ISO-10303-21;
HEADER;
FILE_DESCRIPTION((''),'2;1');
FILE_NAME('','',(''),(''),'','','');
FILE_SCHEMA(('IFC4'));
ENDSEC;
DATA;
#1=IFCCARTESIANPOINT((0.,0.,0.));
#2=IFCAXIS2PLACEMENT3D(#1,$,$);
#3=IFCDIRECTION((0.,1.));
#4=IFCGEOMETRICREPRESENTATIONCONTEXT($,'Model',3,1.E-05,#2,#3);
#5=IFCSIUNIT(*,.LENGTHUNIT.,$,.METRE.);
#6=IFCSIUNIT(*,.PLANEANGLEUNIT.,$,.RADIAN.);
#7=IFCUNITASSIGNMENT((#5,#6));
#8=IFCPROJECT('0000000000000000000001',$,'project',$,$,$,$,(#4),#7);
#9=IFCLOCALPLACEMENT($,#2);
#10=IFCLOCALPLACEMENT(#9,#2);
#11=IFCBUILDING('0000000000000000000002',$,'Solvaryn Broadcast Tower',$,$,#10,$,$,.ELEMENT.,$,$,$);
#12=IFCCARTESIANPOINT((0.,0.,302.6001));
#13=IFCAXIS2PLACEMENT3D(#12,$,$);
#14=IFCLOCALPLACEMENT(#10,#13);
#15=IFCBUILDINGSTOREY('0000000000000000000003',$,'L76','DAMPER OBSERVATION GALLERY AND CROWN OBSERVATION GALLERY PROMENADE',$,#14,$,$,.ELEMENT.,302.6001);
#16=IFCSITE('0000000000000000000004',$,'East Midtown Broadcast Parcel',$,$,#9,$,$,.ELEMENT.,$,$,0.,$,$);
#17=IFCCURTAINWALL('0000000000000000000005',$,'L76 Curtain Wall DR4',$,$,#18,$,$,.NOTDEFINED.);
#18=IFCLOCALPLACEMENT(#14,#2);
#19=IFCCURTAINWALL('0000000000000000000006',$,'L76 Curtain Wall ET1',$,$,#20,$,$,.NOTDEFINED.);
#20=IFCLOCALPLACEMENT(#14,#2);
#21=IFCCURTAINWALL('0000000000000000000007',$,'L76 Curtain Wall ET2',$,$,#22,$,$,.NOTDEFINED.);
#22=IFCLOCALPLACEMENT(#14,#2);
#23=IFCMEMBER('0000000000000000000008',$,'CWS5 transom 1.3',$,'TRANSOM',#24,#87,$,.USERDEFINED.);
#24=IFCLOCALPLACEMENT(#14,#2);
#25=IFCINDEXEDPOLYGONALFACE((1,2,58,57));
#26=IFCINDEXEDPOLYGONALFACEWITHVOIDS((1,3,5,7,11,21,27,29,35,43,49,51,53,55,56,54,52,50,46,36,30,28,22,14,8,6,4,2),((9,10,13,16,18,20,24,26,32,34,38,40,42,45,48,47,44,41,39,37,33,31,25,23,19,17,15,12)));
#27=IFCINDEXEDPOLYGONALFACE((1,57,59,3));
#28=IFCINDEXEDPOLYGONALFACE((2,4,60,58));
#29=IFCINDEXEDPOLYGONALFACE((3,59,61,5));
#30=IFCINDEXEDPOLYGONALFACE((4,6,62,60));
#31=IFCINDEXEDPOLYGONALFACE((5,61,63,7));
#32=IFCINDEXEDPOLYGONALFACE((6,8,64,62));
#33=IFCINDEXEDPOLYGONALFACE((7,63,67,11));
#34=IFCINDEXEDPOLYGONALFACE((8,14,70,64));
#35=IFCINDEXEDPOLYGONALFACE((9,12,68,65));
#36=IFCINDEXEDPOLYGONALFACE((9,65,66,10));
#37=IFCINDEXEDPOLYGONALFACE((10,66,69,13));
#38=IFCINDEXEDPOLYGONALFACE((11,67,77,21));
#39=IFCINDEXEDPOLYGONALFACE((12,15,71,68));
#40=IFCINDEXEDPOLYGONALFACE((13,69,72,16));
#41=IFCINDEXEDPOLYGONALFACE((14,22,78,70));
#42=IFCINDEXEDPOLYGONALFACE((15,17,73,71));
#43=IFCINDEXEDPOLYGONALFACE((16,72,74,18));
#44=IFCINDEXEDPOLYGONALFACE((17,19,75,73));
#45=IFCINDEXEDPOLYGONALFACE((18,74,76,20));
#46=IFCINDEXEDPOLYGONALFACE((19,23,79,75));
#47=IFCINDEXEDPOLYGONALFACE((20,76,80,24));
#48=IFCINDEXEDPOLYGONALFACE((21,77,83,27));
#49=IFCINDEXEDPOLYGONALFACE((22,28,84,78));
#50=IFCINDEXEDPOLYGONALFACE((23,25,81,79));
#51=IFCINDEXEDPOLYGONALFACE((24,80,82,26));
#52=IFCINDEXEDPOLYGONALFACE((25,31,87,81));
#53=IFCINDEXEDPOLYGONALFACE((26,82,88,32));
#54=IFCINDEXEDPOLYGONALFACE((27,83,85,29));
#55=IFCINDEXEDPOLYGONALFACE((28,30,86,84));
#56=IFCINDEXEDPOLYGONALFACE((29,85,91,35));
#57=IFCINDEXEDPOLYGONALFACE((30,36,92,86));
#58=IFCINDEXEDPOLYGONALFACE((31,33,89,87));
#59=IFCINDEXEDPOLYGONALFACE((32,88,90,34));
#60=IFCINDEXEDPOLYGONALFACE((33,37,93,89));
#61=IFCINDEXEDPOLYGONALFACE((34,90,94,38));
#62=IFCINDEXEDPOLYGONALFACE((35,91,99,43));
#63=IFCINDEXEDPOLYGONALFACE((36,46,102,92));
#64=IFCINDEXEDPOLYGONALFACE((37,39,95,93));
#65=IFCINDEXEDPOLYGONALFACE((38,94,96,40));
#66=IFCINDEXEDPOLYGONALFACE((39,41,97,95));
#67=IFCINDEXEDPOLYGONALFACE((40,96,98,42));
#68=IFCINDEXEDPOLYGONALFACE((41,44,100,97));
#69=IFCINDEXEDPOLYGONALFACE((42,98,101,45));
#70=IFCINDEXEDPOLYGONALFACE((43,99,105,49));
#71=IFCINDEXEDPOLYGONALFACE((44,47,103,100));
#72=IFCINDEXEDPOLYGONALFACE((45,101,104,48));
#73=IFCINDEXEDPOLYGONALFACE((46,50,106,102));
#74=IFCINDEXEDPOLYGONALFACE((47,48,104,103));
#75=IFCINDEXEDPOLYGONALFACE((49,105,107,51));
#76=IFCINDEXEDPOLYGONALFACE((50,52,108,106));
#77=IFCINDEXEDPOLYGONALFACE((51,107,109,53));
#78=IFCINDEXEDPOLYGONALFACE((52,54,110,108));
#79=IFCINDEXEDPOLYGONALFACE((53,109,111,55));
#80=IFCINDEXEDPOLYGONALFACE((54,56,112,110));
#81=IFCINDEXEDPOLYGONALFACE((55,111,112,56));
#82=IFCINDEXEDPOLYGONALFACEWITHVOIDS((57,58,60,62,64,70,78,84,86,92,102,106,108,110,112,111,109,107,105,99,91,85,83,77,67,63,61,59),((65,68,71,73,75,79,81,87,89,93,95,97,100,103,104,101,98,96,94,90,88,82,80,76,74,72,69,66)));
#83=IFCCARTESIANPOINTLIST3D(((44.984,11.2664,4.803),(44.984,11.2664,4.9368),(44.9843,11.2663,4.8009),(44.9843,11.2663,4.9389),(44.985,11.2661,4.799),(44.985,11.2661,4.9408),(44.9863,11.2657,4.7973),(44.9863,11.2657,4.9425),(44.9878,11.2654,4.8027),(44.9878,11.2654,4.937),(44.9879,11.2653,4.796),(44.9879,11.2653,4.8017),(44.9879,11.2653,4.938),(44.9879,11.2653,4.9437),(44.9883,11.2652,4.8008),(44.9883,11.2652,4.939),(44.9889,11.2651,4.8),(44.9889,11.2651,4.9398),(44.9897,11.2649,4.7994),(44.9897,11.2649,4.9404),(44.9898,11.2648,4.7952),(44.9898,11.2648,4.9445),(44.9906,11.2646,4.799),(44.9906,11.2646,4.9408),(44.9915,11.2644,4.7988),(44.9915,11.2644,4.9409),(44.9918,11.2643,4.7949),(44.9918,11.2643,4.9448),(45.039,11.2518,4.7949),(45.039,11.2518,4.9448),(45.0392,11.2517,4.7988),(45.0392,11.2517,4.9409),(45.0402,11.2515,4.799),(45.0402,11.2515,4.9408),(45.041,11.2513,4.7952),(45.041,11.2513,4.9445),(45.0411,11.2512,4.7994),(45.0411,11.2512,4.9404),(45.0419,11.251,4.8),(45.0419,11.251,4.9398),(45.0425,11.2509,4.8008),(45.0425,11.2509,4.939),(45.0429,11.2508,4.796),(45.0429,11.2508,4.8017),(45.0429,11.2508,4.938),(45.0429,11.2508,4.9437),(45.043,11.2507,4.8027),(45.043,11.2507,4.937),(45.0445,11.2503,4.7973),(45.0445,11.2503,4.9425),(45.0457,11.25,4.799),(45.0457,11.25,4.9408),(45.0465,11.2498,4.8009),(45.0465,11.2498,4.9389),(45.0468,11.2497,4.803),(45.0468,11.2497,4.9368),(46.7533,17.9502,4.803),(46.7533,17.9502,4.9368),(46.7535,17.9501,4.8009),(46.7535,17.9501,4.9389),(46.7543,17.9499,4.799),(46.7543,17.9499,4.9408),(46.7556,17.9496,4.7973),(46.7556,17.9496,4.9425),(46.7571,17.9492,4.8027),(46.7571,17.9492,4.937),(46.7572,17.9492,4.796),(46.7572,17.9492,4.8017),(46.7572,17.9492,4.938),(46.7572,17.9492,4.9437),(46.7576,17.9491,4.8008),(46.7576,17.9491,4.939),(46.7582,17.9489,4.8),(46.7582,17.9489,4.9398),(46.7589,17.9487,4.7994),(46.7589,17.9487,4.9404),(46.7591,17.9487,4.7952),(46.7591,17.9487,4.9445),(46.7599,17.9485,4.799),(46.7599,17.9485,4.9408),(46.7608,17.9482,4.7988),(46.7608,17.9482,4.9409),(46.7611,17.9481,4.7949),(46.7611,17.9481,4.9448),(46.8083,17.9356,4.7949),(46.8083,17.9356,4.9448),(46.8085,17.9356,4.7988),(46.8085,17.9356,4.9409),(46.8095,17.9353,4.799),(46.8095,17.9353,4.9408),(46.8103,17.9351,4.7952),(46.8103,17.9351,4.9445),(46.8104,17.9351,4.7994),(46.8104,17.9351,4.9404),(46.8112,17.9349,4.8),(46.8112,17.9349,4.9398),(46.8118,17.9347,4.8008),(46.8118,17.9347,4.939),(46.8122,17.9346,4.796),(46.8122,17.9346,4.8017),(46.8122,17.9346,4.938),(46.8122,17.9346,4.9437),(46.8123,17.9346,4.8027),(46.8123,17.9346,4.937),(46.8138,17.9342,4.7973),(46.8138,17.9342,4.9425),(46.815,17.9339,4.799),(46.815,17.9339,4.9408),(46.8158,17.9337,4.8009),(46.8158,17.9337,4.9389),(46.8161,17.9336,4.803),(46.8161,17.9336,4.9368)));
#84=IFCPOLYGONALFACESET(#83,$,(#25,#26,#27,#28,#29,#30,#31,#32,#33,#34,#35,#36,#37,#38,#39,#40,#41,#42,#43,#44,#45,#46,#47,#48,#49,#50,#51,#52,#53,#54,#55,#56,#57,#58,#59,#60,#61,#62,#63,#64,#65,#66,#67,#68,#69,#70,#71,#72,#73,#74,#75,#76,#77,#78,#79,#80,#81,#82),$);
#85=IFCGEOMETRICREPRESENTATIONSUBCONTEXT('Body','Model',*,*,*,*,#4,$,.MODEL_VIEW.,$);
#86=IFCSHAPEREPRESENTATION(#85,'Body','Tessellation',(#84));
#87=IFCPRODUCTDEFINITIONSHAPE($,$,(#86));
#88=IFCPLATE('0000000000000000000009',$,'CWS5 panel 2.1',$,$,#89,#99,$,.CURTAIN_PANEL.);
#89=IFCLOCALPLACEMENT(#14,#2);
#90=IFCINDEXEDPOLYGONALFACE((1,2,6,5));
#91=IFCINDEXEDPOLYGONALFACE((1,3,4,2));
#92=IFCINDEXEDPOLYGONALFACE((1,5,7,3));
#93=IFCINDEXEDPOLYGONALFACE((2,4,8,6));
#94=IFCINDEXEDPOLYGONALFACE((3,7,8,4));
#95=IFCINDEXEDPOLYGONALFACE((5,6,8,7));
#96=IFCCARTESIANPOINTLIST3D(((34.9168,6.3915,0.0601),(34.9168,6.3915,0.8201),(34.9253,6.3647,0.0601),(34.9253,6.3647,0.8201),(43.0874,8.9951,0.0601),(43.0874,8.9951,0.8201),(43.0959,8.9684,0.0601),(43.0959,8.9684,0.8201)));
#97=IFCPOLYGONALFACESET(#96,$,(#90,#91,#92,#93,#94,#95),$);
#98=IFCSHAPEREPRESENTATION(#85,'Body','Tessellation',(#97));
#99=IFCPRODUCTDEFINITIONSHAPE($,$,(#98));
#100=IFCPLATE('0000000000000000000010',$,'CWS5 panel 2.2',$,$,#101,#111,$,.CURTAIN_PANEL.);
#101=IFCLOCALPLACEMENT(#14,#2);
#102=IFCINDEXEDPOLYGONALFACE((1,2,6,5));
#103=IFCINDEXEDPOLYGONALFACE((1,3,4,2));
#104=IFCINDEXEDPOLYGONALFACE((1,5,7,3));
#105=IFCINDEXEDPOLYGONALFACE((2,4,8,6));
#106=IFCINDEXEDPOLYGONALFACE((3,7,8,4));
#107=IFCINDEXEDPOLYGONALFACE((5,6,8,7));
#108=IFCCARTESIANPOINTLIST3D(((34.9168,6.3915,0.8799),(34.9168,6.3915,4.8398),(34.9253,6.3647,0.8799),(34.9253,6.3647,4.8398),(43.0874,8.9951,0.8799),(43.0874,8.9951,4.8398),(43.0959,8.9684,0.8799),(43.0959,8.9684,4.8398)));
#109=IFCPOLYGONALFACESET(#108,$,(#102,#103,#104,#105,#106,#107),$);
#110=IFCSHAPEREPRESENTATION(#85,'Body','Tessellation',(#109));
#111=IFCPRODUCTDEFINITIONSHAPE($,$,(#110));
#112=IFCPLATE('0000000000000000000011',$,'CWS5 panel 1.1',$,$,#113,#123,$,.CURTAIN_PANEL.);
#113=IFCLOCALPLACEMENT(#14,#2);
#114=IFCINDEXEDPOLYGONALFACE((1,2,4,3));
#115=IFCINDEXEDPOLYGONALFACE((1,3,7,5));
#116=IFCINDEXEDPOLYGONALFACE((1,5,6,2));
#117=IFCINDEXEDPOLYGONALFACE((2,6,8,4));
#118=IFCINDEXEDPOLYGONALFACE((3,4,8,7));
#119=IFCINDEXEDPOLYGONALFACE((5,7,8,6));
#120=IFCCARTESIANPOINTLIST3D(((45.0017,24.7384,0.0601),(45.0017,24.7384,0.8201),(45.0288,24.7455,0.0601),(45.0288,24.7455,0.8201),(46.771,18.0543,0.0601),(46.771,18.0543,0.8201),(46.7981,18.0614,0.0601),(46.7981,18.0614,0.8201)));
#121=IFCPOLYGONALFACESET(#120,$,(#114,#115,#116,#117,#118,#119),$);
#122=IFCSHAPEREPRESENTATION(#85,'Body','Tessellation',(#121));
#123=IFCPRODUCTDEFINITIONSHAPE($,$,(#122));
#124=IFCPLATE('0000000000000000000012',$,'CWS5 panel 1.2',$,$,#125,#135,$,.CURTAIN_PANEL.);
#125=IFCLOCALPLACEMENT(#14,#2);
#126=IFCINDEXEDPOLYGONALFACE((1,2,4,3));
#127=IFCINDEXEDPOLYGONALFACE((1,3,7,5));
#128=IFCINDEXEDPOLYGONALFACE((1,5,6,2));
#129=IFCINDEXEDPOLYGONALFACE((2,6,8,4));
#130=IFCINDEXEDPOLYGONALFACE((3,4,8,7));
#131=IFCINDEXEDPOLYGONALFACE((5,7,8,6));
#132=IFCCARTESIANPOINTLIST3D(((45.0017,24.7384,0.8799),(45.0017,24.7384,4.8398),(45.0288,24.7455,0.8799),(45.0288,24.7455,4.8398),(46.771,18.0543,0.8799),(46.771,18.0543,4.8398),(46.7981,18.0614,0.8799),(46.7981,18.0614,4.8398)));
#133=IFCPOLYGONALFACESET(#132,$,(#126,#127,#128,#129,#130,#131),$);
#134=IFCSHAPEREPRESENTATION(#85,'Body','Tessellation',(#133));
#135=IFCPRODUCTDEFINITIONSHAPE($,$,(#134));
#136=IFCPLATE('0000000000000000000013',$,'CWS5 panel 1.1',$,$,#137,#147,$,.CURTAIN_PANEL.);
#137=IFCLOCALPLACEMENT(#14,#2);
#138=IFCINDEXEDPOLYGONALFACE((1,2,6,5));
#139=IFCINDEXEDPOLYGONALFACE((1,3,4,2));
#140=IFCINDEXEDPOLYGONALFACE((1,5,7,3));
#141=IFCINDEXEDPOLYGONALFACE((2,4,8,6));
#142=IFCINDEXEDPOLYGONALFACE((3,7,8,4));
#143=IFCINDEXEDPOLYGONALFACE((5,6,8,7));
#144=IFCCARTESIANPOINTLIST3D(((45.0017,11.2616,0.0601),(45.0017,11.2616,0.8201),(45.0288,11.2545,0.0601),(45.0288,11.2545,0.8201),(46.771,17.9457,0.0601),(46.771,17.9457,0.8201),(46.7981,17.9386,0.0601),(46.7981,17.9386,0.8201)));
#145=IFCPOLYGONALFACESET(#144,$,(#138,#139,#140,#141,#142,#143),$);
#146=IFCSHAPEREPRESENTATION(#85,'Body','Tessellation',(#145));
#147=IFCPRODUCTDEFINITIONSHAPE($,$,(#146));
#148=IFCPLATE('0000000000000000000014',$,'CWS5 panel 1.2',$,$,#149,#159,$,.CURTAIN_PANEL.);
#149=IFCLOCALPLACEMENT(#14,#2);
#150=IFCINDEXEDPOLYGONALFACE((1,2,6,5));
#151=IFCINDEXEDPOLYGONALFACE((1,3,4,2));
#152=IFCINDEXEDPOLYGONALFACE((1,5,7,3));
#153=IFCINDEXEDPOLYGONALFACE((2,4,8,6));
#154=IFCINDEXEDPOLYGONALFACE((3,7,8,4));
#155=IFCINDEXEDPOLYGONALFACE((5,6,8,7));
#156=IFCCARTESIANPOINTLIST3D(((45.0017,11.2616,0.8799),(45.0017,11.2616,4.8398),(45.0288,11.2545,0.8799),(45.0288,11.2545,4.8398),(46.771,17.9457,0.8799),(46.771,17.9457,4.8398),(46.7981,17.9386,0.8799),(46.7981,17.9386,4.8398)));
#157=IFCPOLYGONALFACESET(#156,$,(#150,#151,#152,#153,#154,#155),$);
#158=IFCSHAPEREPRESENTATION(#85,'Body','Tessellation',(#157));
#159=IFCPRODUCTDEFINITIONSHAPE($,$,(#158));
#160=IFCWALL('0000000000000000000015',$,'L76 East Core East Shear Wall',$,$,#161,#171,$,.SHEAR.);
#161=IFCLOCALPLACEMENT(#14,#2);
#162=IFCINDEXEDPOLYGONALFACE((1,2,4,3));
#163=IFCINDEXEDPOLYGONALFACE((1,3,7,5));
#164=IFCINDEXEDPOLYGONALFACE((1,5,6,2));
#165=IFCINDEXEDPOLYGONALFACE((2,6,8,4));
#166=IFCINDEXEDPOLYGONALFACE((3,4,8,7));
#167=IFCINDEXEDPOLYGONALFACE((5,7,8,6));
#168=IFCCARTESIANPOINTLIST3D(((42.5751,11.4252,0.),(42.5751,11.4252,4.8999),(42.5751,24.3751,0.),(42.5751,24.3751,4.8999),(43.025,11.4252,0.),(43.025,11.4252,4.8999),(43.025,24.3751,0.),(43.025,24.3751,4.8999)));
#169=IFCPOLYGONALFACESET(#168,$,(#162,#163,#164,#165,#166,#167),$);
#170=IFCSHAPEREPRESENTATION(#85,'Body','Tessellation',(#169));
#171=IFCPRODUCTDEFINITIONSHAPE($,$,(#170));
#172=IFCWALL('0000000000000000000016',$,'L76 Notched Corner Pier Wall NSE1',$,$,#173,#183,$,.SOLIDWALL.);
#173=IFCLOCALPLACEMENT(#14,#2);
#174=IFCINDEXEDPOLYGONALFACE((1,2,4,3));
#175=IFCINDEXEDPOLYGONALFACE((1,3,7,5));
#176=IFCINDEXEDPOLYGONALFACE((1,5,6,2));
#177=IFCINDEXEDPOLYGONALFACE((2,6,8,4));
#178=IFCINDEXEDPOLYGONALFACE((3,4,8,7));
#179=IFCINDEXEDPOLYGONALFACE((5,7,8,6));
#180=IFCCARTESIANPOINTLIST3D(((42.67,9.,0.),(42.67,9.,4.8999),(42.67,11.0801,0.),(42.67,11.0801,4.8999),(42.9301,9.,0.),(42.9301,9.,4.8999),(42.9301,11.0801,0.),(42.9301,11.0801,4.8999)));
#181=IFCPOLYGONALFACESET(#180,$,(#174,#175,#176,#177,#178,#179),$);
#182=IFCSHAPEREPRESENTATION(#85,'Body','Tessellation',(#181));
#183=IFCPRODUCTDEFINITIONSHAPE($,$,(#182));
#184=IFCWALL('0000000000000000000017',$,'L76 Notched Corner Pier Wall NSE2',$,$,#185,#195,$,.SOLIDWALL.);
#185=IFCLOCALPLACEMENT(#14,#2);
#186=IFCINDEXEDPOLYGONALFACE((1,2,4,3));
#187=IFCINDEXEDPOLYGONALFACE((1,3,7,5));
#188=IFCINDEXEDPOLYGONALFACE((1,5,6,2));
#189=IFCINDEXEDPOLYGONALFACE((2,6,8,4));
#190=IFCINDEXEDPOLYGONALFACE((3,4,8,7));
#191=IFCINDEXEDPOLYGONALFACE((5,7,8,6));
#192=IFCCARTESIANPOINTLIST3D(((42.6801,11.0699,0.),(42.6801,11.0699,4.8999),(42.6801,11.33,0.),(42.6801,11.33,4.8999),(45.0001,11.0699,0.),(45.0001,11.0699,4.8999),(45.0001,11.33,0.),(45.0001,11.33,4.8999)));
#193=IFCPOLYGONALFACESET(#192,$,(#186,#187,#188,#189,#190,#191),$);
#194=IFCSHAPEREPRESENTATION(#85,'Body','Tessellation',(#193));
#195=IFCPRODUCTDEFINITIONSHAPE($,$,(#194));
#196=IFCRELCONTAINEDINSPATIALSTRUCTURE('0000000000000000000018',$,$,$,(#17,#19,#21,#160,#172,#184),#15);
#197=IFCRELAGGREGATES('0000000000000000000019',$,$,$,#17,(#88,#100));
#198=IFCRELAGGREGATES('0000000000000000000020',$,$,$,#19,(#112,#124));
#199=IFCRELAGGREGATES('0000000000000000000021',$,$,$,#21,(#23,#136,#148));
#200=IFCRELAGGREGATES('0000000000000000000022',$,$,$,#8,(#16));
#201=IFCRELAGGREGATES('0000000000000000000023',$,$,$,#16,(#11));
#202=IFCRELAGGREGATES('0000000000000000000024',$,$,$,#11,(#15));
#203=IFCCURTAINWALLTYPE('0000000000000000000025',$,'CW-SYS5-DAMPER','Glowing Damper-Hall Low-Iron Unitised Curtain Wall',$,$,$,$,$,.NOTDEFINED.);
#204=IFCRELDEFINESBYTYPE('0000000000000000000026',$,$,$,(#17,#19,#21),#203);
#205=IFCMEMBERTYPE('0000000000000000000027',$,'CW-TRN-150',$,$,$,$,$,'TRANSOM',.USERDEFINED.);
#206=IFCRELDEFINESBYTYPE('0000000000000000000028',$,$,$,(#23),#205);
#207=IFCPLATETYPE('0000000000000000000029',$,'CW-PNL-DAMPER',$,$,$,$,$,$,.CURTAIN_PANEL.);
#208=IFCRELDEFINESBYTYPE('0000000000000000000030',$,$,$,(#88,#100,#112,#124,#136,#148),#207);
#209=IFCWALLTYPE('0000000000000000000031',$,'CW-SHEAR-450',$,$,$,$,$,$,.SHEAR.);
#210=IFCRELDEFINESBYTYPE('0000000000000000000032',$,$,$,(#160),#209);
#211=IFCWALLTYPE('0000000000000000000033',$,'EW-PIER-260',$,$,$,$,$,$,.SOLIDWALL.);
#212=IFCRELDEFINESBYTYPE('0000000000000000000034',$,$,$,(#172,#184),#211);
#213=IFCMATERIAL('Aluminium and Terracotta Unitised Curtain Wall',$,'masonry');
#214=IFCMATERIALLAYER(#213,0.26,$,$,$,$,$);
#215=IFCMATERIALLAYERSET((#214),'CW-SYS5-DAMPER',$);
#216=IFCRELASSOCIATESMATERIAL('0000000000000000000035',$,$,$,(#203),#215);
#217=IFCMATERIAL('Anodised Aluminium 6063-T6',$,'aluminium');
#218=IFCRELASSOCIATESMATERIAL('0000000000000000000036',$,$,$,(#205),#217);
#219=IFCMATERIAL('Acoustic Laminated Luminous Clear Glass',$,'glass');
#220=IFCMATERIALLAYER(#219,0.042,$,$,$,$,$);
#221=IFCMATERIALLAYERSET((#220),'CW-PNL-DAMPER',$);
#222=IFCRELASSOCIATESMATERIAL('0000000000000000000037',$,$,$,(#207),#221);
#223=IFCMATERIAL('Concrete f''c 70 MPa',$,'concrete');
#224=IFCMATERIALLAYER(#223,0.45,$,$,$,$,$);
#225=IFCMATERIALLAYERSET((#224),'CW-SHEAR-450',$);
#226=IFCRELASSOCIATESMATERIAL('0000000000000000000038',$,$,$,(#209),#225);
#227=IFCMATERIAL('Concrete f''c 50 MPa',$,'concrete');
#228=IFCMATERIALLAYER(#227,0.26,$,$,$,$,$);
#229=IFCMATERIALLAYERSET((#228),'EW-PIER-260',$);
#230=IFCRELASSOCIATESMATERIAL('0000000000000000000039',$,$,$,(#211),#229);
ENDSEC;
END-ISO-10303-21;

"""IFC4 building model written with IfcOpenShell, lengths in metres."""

from ifc_helpers import new_model, si_unit, direction, frame, frame_2d, origin, origin_2d, place, context, subcontext, project, spatial, rectangle, hollow_rectangle, extrude, material, layer, layer_set, material_profile, profile_set, type_object, element, aggregate, save


model = new_model("IFC4")

# Units and contexts
model_context = context("Model", 3, precision=1e-05, world=origin(), true_north=direction((0.0, 1.0)))
body_context = subcontext(model_context, "Body", "Model", "MODEL_VIEW")
ifc_project = project(units=[si_unit("LENGTHUNIT", "METRE"), si_unit("PLANEANGLEUNIT", "RADIAN")], contexts=[model_context])

# Site, building, storey
site_placement = place(None, origin())
site = spatial("IfcSite", under=ifc_project, at=site_placement, Name="East Midtown Broadcast Parcel", CompositionType="ELEMENT", RefElevation=0.0)
building_placement = place(site_placement, origin())
building = spatial("IfcBuilding", under=site, at=building_placement, Name="Solvaryn Broadcast Tower", CompositionType="ELEMENT")
storey_placement = place(building_placement, frame((0.0, 0.0, 302.6001)))
storey = spatial("IfcBuildingStorey", under=building, at=storey_placement, Name="L76", Description="DAMPER OBSERVATION GALLERY AND CROWN OBSERVATION GALLERY PROMENADE", CompositionType="ELEMENT", Elevation=302.6001)

# Curtain walls
ifc_material_1 = material(Name="Aluminium and Terracotta Unitised Curtain Wall", Category="masonry")
ifc_layer_1 = layer(ifc_material_1, 0.26)
ifc_layer_set_1 = layer_set([ifc_layer_1], Name="CW-SYS5-DAMPER")
curtain_wall_type = type_object("IfcCurtainWallType", Name="CW-SYS5-DAMPER", Description="Glowing Damper-Hall Low-Iron Unitised Curtain Wall", PredefinedType="NOTDEFINED", material=ifc_layer_set_1)
curtain_wall_1_placement = place(storey_placement, origin())
curtain_wall_1 = element("IfcCurtainWall", 1, at=curtain_wall_1_placement, inside=storey, type_object=curtain_wall_type, Name="L76 Curtain Wall DR4", PredefinedType="NOTDEFINED")
curtain_wall_2_placement = place(storey_placement, origin())
curtain_wall_2 = element("IfcCurtainWall", 2, at=curtain_wall_2_placement, inside=storey, type_object=curtain_wall_type, Name="L76 Curtain Wall ET1", PredefinedType="NOTDEFINED")

# Curtain wall, member
curtain_wall_3_placement = place(storey_placement, origin())
curtain_wall_3 = element("IfcCurtainWall", 3, at=curtain_wall_3_placement, inside=storey, type_object=curtain_wall_type, Name="L76 Curtain Wall ET2", PredefinedType="NOTDEFINED")
ifc_material_2 = material(Name="Anodised Aluminium 6063-T6", Category="aluminium")
ifc_material_profile_1 = material_profile(ifc_material_2, hollow_rectangle(XDim=0.0649, YDim=0.1499, WallThickness=0.0039, InnerFilletRadius=0.0039, OuterFilletRadius=0.0081, at=origin_2d()))
ifc_profile_set_1 = profile_set([ifc_material_profile_1], Name="Anodised Aluminium 6063-T6")
member_type_1 = type_object("IfcMemberType", Name="CW-TRN-150", ElementType="TRANSOM", PredefinedType="USERDEFINED", material=ifc_profile_set_1)
member_1_placement = place(storey_placement, frame((46.7847, 17.9419, 4.8699), z_axis=(-0.255897, -0.966704, 0.0), x_axis=(0.966704, -0.255897, 0.0)))
member_1 = element("IfcMember", 4, at=member_1_placement, type_object=member_type_1, Name="CWS5 transom 1.3", ObjectType="TRANSOM", PredefinedType="USERDEFINED", context=body_context, shape_type="SweptSolid", body=[
    extrude(hollow_rectangle(XDim=0.0649, YDim=0.1499, WallThickness=0.0039, InnerFilletRadius=0.0039, OuterFilletRadius=0.0081, at=origin_2d()), origin(), (0.0, 0.0, 1.0), 6.9141),
])

# Plates
ifc_material_3 = material(Name="Acoustic Laminated Luminous Clear Glass", Category="glass")
ifc_layer_2 = layer(ifc_material_3, 0.042)
ifc_layer_set_2 = layer_set([ifc_layer_2], Name="CW-PNL-DAMPER")
plate_type = type_object("IfcPlateType", Name="CW-PNL-DAMPER", PredefinedType="CURTAIN_PANEL", material=ifc_layer_set_2)
plate_1_placement = place(storey_placement, frame((39.0063, 7.6799, 0.0601), z_axis=(0.0, 0.0, 1.0), x_axis=(0.952795, 0.303616, 0.0)))
plate_1 = element("IfcPlate", 5, at=plate_1_placement, type_object=plate_type, Name="CWS5 panel 2.1", PredefinedType="CURTAIN_PANEL", context=body_context, shape_type="SweptSolid", body=[
    extrude(rectangle(XDim=8.5754, YDim=0.0281, at=origin_2d()), origin(), (0.0, 0.0, 1.0), 0.76),
])
plate_2_placement = place(storey_placement, frame((39.0063, 7.6799, 0.8799), z_axis=(0.0, 0.0, 1.0), x_axis=(0.952795, 0.303616, 0.0)))
plate_2 = element("IfcPlate", 6, at=plate_2_placement, type_object=plate_type, Name="CWS5 panel 2.2", PredefinedType="CURTAIN_PANEL", context=body_context, shape_type="SweptSolid", body=[
    extrude(rectangle(XDim=8.5754, YDim=0.0281, at=origin_2d()), origin(), (0.0, 0.0, 1.0), 3.96),
])
aggregate(curtain_wall_1, [plate_1, plate_2])
plate_3_placement = place(storey_placement, frame((45.8999, 21.3999, 0.0601), z_axis=(0.0, 0.0, 1.0), x_axis=(0.255893, -0.966705, 0.0)))
plate_3 = element("IfcPlate", 7, at=plate_3_placement, type_object=plate_type, Name="CWS5 panel 1.1", PredefinedType="CURTAIN_PANEL", context=body_context, shape_type="SweptSolid", body=[
    extrude(rectangle(XDim=6.9143, YDim=0.0281, at=origin_2d()), origin(), (0.0, 0.0, 1.0), 0.76),
])
plate_4_placement = place(storey_placement, frame((45.8999, 21.3999, 0.8799), z_axis=(0.0, 0.0, 1.0), x_axis=(0.255893, -0.966705, 0.0)))
plate_4 = element("IfcPlate", 8, at=plate_4_placement, type_object=plate_type, Name="CWS5 panel 1.2", PredefinedType="CURTAIN_PANEL", context=body_context, shape_type="SweptSolid", body=[
    extrude(rectangle(XDim=6.9143, YDim=0.0281, at=origin_2d()), origin(), (0.0, 0.0, 1.0), 3.96),
])
aggregate(curtain_wall_2, [plate_3, plate_4])
plate_5_placement = place(storey_placement, frame((45.8999, 14.6001, 0.0601), z_axis=(0.0, 0.0, 1.0), x_axis=(-0.255893, -0.966705, 0.0)))
plate_5 = element("IfcPlate", 9, at=plate_5_placement, type_object=plate_type, Name="CWS5 panel 1.1", PredefinedType="CURTAIN_PANEL", context=body_context, shape_type="SweptSolid", body=[
    extrude(rectangle(XDim=6.9143, YDim=0.0281, at=origin_2d()), origin(), (0.0, 0.0, 1.0), 0.76),
])
plate_6_placement = place(storey_placement, frame((45.8999, 14.6001, 0.8799), z_axis=(0.0, 0.0, 1.0), x_axis=(-0.255893, -0.966705, 0.0)))
plate_6 = element("IfcPlate", 10, at=plate_6_placement, type_object=plate_type, Name="CWS5 panel 1.2", PredefinedType="CURTAIN_PANEL", context=body_context, shape_type="SweptSolid", body=[
    extrude(rectangle(XDim=6.9143, YDim=0.0281, at=origin_2d()), origin(), (0.0, 0.0, 1.0), 3.96),
])
aggregate(curtain_wall_3, [member_1, plate_5, plate_6])

# Walls
ifc_material_4 = material(Name="Concrete f'c 70 MPa", Category="concrete")
ifc_layer_3 = layer(ifc_material_4, 0.45)
ifc_layer_set_3 = layer_set([ifc_layer_3], Name="CW-SHEAR-450")
wall_type_1 = type_object("IfcWallType", Name="CW-SHEAR-450", PredefinedType="SHEAR", material=ifc_layer_set_3)
wall_1_placement = place(storey_placement, frame((42.8, 11.425, 0.0), z_axis=(0.0, 0.0, 1.0), x_axis=(0.0, 1.0, 0.0)))
element("IfcWall", 11, at=wall_1_placement, inside=storey, type_object=wall_type_1, Name="L76 East Core East Shear Wall", PredefinedType="SHEAR", context=body_context, shape_type="SweptSolid", body=[
    extrude(rectangle(XDim=12.95, YDim=0.45, at=frame_2d((6.4751, 0.0))), origin(), (0.0, 0.0, 1.0), 4.8999),
])
ifc_material_5 = material(Name="Concrete f'c 50 MPa", Category="concrete")
ifc_layer_4 = layer(ifc_material_5, 0.26)
ifc_layer_set_4 = layer_set([ifc_layer_4], Name="EW-PIER-260")
wall_type_2 = type_object("IfcWallType", Name="EW-PIER-260", PredefinedType="SOLIDWALL", material=ifc_layer_set_4)
wall_2_placement = place(storey_placement, frame((42.8, 9.0, 0.0), z_axis=(0.0, 0.0, 1.0), x_axis=(0.0, 1.0, 0.0)))
element("IfcWall", 12, at=wall_2_placement, inside=storey, type_object=wall_type_2, Name="L76 Notched Corner Pier Wall NSE1", PredefinedType="SOLIDWALL", context=body_context, shape_type="SweptSolid", body=[
    extrude(rectangle(XDim=2.0801, YDim=0.26, at=frame_2d((1.04, 0.0))), origin(), (0.0, 0.0, 1.0), 4.8999),
])
wall_3_placement = place(storey_placement, frame((42.6799, 11.2, 0.0), z_axis=(0.0, 0.0, 1.0), x_axis=(1.0, 0.0, 0.0)))
element("IfcWall", 13, at=wall_3_placement, inside=storey, type_object=wall_type_2, Name="L76 Notched Corner Pier Wall NSE2", PredefinedType="SOLIDWALL", context=body_context, shape_type="SweptSolid", body=[
    extrude(rectangle(XDim=2.3201, YDim=0.26, at=frame_2d((1.1602, 0.0))), origin(), (0.0, 0.0, 1.0), 4.8999),
])

save(model, "model.ifc")
